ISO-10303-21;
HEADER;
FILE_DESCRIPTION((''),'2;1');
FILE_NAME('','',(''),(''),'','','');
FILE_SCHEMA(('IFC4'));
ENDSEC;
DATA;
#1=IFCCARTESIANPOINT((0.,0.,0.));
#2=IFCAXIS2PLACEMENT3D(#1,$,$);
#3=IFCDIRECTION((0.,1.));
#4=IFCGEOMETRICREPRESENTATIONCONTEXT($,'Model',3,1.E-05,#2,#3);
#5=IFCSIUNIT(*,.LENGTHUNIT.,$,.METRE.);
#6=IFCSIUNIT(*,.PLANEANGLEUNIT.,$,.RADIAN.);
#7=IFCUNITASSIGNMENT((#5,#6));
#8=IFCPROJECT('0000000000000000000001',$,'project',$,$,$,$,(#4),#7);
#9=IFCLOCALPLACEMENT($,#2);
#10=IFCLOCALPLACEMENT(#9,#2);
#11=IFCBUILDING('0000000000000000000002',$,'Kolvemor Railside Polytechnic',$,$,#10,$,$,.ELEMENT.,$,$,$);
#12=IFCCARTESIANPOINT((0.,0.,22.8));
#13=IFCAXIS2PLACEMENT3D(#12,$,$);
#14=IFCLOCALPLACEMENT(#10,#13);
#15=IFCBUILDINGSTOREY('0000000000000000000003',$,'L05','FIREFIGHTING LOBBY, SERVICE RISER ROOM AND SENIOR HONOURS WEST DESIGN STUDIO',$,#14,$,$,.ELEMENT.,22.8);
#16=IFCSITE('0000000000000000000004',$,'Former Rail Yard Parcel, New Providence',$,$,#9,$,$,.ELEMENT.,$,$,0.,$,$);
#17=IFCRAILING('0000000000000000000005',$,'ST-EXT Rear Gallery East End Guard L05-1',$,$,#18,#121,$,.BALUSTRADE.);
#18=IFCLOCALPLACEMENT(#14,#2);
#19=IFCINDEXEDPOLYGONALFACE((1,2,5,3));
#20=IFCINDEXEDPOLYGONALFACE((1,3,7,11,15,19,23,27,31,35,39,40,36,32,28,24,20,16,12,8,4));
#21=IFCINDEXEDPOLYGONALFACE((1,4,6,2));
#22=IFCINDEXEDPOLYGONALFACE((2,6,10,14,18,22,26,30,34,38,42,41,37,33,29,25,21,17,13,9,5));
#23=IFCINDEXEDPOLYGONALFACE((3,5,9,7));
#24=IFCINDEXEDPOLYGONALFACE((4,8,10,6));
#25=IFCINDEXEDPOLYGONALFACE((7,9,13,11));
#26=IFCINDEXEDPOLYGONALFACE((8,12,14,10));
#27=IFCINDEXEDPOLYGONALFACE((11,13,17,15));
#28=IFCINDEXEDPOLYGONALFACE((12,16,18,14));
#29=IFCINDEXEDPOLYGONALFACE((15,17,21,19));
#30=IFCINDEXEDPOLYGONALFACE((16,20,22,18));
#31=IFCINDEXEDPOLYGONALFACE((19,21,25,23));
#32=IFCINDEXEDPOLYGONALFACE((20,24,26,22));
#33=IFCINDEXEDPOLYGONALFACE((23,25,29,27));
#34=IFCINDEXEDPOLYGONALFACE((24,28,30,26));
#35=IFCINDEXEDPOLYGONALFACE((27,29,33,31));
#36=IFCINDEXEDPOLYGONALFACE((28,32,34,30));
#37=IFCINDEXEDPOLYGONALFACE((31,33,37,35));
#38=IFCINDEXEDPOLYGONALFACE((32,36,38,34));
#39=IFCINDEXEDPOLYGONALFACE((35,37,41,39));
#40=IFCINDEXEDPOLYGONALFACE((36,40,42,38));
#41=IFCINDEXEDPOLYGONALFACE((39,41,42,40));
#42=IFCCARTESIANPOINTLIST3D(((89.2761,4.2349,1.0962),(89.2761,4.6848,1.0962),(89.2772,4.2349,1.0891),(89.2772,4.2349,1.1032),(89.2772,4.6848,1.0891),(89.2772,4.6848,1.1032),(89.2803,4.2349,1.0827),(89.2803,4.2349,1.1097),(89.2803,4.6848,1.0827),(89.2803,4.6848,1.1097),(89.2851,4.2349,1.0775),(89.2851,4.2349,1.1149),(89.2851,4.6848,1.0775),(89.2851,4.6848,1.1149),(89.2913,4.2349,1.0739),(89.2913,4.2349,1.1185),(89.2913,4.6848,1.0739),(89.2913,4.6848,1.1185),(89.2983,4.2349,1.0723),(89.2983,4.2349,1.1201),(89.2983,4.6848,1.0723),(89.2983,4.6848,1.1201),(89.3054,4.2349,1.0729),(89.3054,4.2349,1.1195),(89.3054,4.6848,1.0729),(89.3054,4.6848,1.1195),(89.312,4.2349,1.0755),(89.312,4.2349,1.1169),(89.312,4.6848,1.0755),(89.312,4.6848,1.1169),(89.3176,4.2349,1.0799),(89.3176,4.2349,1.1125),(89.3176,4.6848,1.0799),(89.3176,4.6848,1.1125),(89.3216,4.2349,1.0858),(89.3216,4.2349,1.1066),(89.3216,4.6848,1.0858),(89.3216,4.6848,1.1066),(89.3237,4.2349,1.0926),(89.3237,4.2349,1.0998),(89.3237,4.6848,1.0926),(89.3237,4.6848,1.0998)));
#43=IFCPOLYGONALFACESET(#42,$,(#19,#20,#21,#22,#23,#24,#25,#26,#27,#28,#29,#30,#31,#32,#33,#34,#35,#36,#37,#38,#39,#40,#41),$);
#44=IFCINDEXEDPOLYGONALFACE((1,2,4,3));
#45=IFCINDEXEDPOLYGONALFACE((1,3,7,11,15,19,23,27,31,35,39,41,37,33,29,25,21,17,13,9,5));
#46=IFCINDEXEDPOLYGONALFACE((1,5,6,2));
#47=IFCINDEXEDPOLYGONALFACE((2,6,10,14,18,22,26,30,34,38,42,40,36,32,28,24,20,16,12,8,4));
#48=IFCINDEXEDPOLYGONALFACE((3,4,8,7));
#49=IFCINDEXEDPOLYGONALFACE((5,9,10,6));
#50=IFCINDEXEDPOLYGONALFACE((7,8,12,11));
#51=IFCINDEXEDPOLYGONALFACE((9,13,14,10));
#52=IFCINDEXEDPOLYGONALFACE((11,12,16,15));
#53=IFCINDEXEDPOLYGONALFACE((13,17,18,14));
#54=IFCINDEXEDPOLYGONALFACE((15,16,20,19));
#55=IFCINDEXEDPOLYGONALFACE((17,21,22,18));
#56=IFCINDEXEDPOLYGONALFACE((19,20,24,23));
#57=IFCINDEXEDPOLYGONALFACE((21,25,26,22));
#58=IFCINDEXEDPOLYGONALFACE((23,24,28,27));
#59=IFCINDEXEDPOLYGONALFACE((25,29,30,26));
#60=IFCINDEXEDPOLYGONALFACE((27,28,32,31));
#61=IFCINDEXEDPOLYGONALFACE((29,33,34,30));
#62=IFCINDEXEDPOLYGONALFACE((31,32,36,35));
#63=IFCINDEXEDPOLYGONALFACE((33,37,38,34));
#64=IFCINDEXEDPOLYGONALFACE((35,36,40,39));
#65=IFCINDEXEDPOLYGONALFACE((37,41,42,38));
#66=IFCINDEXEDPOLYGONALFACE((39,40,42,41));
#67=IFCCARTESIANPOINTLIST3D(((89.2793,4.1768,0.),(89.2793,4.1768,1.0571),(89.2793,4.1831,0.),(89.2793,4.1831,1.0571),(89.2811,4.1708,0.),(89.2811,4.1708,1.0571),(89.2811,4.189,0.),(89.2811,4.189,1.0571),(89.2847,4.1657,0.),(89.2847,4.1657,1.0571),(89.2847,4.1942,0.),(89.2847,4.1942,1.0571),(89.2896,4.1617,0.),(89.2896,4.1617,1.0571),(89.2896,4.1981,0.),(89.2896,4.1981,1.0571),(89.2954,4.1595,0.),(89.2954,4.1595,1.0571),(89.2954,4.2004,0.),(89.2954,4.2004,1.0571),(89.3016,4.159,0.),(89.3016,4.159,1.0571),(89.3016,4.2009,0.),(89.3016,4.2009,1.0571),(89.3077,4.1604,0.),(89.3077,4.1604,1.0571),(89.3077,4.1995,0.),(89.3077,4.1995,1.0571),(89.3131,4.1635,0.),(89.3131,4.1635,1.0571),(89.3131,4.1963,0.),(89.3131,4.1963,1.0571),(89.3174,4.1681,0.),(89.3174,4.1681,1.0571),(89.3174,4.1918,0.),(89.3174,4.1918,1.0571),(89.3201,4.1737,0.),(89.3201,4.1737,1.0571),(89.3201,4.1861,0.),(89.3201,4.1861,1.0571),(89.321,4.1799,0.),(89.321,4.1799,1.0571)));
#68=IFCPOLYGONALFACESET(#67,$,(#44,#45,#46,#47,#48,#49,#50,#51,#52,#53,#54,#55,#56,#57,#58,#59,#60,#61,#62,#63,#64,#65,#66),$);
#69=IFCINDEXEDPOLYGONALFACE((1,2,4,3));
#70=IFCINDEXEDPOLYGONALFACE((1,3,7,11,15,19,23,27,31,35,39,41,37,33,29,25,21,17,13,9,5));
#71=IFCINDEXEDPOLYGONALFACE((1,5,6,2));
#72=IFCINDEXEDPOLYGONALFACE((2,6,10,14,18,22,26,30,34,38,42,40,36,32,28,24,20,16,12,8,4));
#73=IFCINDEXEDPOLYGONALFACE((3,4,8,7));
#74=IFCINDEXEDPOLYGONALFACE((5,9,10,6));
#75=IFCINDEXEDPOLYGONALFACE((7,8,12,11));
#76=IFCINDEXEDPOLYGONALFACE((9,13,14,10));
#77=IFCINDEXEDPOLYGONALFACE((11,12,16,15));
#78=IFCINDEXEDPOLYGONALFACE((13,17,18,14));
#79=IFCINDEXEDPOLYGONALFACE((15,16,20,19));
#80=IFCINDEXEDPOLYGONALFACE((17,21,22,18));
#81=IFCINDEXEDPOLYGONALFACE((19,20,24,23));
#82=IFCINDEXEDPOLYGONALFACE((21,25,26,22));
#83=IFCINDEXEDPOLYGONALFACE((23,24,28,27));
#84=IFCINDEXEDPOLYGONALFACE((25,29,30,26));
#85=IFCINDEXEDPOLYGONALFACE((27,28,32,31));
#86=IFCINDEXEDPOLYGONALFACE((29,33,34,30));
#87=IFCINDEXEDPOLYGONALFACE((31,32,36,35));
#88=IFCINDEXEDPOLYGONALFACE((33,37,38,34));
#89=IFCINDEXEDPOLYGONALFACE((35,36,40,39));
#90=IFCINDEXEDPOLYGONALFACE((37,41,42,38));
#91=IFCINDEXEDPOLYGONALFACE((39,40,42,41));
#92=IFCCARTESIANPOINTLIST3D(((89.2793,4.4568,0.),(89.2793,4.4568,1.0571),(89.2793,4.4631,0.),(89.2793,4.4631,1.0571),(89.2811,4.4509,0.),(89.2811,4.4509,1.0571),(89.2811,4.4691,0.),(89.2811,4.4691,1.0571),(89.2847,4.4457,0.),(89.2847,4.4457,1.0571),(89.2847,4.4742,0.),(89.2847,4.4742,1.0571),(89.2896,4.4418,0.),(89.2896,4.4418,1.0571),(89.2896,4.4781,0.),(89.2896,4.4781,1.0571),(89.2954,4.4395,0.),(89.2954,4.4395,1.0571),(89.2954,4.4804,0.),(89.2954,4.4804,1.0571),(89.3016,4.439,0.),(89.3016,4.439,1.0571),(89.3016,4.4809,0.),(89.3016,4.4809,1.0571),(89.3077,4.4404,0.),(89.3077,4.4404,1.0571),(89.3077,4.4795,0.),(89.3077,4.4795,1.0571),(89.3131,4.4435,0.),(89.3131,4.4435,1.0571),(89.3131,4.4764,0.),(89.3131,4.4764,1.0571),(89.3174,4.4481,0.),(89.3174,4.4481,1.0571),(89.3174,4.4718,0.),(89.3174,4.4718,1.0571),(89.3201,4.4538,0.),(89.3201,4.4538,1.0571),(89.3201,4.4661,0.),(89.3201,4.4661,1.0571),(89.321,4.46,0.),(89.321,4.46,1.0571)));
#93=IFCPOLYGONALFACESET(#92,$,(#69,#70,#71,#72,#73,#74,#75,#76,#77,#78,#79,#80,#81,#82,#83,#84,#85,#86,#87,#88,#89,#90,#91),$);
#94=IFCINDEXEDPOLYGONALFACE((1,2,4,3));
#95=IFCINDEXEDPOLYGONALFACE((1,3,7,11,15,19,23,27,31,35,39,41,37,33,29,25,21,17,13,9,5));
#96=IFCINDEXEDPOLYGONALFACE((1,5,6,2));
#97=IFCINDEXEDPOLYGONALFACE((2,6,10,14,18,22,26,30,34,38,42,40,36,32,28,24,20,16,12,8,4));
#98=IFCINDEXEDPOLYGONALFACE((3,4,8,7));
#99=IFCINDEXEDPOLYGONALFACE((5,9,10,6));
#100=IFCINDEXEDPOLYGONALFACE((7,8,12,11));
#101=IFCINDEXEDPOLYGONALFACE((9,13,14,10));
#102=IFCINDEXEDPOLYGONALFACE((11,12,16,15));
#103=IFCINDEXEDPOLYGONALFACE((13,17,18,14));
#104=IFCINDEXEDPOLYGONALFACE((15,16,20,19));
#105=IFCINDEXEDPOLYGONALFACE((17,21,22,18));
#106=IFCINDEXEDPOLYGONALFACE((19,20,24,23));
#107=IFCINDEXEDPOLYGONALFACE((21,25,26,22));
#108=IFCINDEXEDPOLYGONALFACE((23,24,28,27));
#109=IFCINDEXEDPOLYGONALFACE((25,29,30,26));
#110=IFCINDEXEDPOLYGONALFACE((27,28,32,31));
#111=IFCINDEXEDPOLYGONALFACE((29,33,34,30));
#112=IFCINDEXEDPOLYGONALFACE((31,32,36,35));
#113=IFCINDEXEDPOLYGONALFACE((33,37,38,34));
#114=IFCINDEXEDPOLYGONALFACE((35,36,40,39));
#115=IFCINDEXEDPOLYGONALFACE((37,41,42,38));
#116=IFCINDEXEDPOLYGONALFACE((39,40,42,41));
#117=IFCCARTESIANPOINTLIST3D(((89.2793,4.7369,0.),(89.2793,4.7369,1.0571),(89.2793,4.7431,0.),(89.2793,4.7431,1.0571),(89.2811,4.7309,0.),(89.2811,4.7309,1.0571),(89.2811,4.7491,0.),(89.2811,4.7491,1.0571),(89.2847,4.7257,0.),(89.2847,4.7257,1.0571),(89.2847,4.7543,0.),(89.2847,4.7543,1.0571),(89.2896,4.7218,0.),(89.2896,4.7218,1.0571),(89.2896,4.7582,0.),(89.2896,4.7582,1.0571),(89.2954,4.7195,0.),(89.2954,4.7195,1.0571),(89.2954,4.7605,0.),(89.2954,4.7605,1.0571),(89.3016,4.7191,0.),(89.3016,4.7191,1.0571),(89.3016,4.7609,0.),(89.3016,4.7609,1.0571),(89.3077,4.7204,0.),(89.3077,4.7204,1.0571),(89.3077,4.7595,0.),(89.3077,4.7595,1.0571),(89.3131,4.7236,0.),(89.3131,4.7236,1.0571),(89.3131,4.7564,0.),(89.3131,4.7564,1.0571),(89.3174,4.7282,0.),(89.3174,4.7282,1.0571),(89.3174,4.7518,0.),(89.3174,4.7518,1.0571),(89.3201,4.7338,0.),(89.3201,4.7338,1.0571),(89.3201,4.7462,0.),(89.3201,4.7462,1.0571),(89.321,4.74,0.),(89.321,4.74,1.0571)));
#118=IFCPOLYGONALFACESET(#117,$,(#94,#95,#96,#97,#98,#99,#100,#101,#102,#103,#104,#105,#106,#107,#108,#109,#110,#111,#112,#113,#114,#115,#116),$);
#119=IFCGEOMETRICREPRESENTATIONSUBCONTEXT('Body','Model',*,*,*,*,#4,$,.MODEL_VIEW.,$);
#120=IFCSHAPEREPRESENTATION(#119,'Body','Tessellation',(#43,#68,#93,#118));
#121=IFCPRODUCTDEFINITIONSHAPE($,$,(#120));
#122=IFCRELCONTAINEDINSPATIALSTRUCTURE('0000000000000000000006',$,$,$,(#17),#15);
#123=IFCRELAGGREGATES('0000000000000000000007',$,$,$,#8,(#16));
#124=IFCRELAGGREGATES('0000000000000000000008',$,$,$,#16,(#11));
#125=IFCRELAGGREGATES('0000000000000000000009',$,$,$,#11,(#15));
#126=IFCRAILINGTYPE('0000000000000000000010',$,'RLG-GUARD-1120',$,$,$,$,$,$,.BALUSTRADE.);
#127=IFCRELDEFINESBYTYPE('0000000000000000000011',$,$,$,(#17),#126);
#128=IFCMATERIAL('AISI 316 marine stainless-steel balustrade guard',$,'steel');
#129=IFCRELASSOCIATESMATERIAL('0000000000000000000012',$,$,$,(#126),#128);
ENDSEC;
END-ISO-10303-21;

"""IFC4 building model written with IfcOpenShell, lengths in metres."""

from ifc_helpers import new_model, si_unit, direction, frame, origin, origin_2d, place, context, subcontext, project, spatial, circle, extrude, material, type_object, element, save


model = new_model("IFC4")

# Units and contexts
model_context = context("Model", 3, precision=1e-05, world=origin(), true_north=direction((0.0, 1.0)))
body_context = subcontext(model_context, "Body", "Model", "MODEL_VIEW")
ifc_project = project(units=[si_unit("LENGTHUNIT", "METRE"), si_unit("PLANEANGLEUNIT", "RADIAN")], contexts=[model_context])

# Site, building, storey
site_placement = place(None, origin())
site = spatial("IfcSite", under=ifc_project, at=site_placement, Name="Former Rail Yard Parcel, New Providence", CompositionType="ELEMENT", RefElevation=0.0)
building_placement = place(site_placement, origin())
building = spatial("IfcBuilding", under=site, at=building_placement, Name="Kolvemor Railside Polytechnic", CompositionType="ELEMENT")
storey_placement = place(building_placement, frame((0.0, 0.0, 22.8)))
storey = spatial("IfcBuildingStorey", under=building, at=storey_placement, Name="L05", Description="FIREFIGHTING LOBBY, SERVICE RISER ROOM AND SENIOR HONOURS WEST DESIGN STUDIO", CompositionType="ELEMENT", Elevation=22.8)

# Railing
ifc_material_1 = material(Name="AISI 316 marine stainless-steel balustrade guard", Category="steel")
railing_type_1 = type_object("IfcRailingType", Name="RLG-GUARD-1120", PredefinedType="BALUSTRADE", material=ifc_material_1)
railing_1_placement = place(storey_placement, frame((89.3, 4.1799, 0.0)))
element("IfcRailing", 1, at=railing_1_placement, inside=storey, type_object=railing_type_1, Name="ST-EXT Rear Gallery East End Guard L05-1", PredefinedType="BALUSTRADE", context=body_context, shape_type="SweptSolid", body=[
    extrude(circle(Radius=0.0239, at=origin_2d()), frame((0.0, 0.0549, 1.0962), z_axis=(0.0, 1.0, 0.0), x_axis=(-1.0, 0.0, 0.0)), (0.0, 0.0, 1.0), 0.45),
    extrude(circle(Radius=0.021, at=origin_2d()), origin(), (0.0, 0.0, 1.0), 1.0571),
    extrude(circle(Radius=0.021, at=origin_2d()), frame((0.0, 0.28, 0.0)), (0.0, 0.0, 1.0), 1.0571),
    extrude(circle(Radius=0.021, at=origin_2d()), frame((0.0, 0.5601, 0.0)), (0.0, 0.0, 1.0), 1.0571),
])

save(model, "model.ifc")
